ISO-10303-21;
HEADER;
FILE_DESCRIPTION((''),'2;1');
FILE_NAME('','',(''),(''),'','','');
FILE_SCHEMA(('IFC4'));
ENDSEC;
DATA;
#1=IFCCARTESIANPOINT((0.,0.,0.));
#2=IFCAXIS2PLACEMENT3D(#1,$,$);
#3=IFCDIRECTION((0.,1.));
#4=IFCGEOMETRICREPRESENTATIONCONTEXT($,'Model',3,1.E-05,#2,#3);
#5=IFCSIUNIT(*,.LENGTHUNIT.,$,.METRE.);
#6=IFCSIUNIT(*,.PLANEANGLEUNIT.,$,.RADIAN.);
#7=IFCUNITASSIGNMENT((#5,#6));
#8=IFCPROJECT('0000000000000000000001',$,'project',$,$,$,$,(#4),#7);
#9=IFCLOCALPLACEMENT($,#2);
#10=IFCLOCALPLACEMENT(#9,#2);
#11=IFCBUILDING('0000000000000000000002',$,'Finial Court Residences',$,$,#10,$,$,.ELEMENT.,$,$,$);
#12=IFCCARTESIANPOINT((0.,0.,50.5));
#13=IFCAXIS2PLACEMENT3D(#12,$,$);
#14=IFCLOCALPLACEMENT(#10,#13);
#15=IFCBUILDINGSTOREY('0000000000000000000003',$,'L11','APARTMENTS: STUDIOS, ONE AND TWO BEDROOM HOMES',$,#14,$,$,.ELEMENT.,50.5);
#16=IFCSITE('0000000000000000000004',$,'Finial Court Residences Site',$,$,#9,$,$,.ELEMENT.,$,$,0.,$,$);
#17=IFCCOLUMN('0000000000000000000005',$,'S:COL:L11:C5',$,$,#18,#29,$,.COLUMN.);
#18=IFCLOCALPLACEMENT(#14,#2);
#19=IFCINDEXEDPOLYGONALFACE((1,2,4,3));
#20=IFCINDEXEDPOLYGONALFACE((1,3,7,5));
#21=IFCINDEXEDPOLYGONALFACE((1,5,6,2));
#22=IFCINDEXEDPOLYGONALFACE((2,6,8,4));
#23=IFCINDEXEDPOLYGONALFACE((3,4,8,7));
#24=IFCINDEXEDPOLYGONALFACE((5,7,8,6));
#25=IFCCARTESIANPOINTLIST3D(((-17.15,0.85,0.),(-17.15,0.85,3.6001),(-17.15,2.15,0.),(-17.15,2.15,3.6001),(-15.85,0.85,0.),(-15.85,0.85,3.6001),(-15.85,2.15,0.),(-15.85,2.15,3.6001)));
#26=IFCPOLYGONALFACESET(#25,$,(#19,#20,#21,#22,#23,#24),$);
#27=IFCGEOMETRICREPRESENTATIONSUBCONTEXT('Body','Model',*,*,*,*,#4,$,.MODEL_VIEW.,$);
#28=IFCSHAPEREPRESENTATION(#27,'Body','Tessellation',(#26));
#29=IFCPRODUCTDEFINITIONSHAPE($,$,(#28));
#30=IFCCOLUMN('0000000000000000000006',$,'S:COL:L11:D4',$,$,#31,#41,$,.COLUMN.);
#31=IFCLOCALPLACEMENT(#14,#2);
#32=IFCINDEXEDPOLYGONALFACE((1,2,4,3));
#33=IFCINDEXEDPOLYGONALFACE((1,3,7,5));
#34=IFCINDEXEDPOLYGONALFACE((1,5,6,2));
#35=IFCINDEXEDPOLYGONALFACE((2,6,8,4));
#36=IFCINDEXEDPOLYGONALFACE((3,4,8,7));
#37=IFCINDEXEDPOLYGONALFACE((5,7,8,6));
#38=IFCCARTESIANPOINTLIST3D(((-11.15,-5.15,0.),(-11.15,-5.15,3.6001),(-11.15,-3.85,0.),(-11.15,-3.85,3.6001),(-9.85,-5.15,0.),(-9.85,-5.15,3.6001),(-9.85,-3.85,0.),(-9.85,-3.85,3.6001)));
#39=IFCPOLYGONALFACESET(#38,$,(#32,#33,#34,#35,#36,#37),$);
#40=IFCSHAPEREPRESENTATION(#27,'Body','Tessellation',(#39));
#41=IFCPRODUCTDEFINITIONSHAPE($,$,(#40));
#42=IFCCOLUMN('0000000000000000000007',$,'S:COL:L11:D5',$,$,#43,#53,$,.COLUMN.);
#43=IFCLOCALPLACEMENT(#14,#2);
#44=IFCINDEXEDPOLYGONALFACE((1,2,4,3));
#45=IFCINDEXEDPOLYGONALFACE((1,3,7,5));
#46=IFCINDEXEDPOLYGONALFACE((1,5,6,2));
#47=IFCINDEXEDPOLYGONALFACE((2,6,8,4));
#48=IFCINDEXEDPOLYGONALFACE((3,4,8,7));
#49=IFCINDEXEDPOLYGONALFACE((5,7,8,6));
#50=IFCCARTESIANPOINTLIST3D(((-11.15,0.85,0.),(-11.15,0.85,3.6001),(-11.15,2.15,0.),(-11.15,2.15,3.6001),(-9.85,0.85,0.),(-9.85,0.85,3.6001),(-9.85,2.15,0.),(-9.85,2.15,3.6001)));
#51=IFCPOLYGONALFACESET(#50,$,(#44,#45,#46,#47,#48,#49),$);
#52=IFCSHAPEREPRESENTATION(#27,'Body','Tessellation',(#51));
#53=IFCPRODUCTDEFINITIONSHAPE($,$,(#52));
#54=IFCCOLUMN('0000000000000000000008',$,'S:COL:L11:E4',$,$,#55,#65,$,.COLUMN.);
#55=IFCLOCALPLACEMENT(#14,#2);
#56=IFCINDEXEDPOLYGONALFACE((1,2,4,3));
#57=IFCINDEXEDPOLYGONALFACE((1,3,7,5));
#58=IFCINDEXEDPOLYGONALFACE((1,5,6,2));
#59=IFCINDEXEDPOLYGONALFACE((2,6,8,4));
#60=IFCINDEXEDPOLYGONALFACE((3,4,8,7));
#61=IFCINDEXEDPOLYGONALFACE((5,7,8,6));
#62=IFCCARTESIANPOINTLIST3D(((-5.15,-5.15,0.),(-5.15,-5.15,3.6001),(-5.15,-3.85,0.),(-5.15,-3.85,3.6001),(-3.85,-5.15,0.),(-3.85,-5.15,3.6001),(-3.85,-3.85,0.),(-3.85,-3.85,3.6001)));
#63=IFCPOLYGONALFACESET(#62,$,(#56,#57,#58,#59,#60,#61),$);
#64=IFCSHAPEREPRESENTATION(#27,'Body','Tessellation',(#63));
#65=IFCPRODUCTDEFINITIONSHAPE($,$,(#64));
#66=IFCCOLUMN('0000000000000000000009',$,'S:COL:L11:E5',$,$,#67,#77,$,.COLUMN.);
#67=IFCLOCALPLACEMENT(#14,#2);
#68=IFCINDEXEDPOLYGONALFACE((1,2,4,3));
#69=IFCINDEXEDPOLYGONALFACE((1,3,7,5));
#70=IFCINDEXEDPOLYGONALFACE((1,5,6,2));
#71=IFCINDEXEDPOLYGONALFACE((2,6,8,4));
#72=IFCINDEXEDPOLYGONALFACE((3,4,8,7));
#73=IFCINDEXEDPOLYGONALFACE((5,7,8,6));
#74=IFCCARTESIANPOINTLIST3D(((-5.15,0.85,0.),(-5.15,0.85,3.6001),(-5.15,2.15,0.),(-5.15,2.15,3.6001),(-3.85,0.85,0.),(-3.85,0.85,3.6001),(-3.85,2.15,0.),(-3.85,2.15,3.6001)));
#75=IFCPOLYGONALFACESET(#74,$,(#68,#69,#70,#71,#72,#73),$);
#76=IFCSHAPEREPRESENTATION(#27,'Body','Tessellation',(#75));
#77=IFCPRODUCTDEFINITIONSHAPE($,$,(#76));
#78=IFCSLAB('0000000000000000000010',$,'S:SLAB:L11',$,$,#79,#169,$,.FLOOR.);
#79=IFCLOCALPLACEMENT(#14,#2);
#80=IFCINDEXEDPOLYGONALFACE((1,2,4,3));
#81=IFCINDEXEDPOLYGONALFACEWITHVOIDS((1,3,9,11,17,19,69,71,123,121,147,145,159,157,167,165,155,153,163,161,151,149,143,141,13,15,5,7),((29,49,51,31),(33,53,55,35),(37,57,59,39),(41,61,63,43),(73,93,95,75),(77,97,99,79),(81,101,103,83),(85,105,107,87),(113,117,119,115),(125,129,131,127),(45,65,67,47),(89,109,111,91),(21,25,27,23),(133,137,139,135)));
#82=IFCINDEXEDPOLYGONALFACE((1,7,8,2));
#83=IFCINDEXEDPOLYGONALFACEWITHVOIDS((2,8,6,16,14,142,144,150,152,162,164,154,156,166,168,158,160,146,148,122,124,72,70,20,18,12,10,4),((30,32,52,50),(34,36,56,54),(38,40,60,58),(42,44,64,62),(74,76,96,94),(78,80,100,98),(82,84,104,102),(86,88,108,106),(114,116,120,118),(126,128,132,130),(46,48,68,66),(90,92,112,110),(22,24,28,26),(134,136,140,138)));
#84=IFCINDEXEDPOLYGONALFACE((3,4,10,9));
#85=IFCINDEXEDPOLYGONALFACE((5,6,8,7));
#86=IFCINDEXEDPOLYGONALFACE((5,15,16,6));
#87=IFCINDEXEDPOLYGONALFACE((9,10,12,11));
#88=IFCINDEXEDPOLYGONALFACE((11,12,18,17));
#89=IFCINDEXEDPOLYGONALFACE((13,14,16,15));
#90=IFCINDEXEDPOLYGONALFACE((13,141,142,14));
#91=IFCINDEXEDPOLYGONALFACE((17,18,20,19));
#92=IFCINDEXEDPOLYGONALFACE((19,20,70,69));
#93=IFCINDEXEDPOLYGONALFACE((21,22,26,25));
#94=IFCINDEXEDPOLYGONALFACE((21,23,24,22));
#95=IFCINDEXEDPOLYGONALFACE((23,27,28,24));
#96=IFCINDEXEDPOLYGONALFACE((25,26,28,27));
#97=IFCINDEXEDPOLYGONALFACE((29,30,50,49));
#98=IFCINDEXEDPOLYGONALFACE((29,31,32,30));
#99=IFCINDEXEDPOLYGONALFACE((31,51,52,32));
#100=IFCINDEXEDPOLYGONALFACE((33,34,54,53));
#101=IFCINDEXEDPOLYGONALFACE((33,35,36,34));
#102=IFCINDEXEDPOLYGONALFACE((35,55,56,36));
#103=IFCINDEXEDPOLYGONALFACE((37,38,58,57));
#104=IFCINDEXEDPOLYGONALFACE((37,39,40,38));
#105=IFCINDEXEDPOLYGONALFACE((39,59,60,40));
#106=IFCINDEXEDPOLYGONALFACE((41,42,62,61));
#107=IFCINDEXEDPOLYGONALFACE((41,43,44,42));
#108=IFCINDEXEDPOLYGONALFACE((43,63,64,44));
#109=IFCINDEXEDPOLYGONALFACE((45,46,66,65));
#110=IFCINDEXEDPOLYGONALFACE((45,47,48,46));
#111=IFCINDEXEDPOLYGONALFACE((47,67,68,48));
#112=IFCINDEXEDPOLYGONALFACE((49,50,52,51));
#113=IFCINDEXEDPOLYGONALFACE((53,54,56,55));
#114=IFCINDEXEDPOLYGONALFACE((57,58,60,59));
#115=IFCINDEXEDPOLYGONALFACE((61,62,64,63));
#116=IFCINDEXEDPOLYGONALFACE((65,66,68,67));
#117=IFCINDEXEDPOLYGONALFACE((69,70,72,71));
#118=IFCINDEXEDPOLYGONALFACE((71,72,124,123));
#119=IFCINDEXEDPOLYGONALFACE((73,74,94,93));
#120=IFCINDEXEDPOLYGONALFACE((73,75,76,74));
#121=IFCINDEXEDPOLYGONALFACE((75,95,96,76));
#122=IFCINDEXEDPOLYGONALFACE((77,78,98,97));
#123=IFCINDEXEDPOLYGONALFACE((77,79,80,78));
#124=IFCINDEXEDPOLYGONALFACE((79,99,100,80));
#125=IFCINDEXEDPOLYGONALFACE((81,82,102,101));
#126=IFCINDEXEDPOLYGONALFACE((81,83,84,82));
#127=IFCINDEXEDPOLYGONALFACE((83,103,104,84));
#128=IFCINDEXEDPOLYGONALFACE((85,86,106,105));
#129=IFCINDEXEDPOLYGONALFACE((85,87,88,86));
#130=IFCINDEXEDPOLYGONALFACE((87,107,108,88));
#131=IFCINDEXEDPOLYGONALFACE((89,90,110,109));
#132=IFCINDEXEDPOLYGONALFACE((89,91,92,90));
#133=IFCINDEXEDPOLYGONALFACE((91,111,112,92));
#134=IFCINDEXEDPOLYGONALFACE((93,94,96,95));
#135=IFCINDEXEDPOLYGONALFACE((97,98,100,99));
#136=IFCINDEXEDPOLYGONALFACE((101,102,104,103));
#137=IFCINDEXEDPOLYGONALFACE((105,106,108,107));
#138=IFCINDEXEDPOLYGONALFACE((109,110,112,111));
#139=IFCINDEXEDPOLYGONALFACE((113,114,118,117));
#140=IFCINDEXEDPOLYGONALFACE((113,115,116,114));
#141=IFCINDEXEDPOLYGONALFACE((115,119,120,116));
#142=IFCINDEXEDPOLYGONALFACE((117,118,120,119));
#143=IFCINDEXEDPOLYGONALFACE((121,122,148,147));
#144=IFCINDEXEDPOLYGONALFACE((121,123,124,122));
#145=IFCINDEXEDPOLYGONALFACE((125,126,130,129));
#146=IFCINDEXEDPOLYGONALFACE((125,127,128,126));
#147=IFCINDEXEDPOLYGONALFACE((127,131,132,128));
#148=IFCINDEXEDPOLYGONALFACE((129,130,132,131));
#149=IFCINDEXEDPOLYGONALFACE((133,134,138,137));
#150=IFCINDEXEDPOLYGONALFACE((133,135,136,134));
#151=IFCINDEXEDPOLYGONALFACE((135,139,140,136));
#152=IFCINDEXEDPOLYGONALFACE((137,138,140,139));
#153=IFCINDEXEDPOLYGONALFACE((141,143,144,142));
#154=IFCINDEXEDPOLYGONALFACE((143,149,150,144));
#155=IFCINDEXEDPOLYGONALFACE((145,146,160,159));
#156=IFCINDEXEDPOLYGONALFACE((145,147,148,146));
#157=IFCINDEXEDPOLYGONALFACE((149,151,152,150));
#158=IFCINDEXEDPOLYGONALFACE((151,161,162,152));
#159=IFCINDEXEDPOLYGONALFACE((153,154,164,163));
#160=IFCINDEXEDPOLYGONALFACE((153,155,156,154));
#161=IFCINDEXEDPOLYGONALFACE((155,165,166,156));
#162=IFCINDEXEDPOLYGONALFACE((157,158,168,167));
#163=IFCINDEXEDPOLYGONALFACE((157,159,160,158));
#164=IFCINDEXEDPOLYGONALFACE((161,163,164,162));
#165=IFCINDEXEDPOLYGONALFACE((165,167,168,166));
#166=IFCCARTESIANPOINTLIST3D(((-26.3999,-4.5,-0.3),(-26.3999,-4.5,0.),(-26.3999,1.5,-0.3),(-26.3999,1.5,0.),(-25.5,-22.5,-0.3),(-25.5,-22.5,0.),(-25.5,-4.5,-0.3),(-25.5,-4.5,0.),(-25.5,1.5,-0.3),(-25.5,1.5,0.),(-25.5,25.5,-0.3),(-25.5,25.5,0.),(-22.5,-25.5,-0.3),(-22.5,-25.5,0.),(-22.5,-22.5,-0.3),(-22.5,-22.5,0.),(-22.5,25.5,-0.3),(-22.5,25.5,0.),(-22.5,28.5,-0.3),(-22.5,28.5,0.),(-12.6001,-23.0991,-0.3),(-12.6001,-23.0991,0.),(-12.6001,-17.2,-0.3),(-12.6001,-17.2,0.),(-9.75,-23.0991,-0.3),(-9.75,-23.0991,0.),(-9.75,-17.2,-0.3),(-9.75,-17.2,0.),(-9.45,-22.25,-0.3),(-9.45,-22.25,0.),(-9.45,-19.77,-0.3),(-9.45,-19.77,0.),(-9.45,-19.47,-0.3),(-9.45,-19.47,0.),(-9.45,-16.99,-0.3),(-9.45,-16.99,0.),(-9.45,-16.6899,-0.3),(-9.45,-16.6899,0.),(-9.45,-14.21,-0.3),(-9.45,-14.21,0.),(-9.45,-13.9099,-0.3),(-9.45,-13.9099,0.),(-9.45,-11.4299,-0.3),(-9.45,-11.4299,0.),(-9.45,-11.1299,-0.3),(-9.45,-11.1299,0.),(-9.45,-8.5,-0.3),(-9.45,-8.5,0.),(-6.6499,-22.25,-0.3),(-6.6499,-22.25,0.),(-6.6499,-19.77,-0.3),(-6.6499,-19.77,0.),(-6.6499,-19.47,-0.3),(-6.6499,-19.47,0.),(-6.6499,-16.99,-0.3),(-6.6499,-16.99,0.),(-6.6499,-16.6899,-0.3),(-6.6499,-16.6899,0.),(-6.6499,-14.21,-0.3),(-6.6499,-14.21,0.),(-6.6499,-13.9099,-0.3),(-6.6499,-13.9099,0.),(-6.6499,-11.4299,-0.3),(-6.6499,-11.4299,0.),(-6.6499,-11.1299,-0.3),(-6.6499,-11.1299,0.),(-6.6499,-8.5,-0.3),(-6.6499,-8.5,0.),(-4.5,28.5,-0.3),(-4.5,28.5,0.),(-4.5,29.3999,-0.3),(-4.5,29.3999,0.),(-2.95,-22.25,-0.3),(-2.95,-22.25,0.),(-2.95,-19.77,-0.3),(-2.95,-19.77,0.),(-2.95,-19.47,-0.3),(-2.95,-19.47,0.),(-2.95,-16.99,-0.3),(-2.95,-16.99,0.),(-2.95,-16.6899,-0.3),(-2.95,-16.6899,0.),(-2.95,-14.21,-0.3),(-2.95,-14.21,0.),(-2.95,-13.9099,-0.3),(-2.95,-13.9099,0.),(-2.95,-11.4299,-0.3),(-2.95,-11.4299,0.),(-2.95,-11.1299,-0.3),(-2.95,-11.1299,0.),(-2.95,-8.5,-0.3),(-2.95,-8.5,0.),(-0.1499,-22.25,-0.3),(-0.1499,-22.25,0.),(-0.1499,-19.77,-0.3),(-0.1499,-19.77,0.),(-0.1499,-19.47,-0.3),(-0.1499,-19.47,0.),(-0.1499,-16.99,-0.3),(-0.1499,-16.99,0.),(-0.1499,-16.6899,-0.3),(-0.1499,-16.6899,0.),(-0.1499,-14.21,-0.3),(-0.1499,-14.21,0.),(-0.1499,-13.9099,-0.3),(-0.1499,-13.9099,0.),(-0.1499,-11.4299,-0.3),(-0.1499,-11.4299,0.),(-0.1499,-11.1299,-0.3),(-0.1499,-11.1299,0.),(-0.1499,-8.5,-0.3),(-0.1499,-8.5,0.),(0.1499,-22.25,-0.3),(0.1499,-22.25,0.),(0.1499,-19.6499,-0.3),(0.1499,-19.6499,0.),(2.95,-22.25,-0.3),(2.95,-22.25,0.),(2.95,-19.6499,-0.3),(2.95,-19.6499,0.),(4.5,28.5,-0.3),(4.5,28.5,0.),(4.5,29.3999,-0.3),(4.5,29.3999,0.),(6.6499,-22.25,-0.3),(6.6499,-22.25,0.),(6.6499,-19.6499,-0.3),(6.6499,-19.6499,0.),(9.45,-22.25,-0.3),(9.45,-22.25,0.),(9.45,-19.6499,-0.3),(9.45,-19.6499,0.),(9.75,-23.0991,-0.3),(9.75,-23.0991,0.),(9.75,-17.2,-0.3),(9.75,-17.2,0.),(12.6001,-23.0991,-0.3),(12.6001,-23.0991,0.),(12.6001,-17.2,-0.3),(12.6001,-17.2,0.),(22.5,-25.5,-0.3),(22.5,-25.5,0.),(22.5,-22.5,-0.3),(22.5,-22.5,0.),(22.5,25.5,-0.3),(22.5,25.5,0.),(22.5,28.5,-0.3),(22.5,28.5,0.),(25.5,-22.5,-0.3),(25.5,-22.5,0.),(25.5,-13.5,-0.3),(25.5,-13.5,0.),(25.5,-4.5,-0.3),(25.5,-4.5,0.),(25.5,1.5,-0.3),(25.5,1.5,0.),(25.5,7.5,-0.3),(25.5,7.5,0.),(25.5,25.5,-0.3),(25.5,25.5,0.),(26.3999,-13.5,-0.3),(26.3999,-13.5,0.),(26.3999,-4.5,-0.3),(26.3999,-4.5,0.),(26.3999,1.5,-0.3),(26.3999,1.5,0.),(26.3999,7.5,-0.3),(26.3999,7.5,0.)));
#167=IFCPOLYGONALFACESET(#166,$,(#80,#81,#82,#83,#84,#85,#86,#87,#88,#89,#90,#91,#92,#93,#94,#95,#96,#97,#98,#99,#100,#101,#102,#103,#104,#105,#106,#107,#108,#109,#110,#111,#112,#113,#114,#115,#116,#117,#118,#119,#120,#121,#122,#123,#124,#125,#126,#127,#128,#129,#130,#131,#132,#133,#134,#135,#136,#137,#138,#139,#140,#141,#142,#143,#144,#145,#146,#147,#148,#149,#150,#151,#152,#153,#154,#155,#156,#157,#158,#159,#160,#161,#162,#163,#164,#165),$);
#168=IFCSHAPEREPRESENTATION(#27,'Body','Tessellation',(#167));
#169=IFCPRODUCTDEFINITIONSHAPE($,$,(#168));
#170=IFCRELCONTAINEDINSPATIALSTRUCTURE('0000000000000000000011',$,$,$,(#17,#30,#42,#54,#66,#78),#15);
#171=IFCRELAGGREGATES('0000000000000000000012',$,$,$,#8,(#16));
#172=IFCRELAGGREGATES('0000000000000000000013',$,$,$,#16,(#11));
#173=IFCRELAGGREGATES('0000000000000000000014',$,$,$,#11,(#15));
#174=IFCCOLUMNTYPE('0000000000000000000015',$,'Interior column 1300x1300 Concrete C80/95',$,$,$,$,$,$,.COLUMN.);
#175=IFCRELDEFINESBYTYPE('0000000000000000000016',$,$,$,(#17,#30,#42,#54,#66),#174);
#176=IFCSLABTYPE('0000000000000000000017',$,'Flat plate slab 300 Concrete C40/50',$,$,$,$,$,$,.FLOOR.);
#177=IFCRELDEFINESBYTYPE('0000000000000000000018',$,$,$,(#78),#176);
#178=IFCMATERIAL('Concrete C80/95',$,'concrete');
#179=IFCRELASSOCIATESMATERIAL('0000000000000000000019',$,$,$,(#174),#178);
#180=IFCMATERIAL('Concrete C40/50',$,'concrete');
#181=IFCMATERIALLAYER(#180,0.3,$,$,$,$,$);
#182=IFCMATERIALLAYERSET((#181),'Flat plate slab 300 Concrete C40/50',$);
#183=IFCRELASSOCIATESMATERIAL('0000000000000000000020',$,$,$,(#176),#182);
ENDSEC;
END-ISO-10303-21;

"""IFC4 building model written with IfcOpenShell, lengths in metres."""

from ifc_helpers import new_model, si_unit, direction, frame, origin, origin_2d, place, context, subcontext, project, spatial, polyline, rectangle, outline, extrude, material, layer, layer_set, material_profile, profile_set, type_object, element, save


model = new_model("IFC4")

# Units and contexts
model_context = context("Model", 3, precision=1e-05, world=origin(), true_north=direction((0.0, 1.0)))
body_context = subcontext(model_context, "Body", "Model", "MODEL_VIEW")
ifc_project = project(units=[si_unit("LENGTHUNIT", "METRE"), si_unit("PLANEANGLEUNIT", "RADIAN")], contexts=[model_context])

# Site, building, storey
site_placement = place(None, origin())
site = spatial("IfcSite", under=ifc_project, at=site_placement, Name="Finial Court Residences Site", CompositionType="ELEMENT", RefElevation=0.0)
building_placement = place(site_placement, origin())
building = spatial("IfcBuilding", under=site, at=building_placement, Name="Finial Court Residences", CompositionType="ELEMENT")
storey_placement = place(building_placement, frame((0.0, 0.0, 50.5)))
storey = spatial("IfcBuildingStorey", under=building, at=storey_placement, Name="L11", Description="APARTMENTS: STUDIOS, ONE AND TWO BEDROOM HOMES", CompositionType="ELEMENT", Elevation=50.5)

# Columns
ifc_material_1 = material(Name="Concrete C80/95", Category="concrete")
ifc_material_profile = material_profile(ifc_material_1, rectangle(XDim=1.3, YDim=1.3, at=origin_2d()), Name="1300x1300")
ifc_profile_set = profile_set([ifc_material_profile], Name="Concrete C80/95")
column_type = type_object("IfcColumnType", Name="Interior column 1300x1300 Concrete C80/95", PredefinedType="COLUMN", material=ifc_profile_set)
for number, where, z_axis, x_axis, name in (
    (1, (-16.5, 1.5, 0.0), (0.0, 0.0, 1.0), (1.0, 0.0, 0.0), "S:COL:L11:C5"),
    (2, (-10.5, -4.5, 0.0), (0.0, 0.0, 1.0), (1.0, 0.0, 0.0), "S:COL:L11:D4"),
    (3, (-10.5, 1.5, 0.0), (0.0, 0.0, 1.0), (1.0, 0.0, 0.0), "S:COL:L11:D5"),
    (4, (-4.5, -4.5, 0.0), (0.0, 0.0, 1.0), (1.0, 0.0, 0.0), "S:COL:L11:E4"),
    (5, (-4.5, 1.5, 0.0), (0.0, 0.0, 1.0), (1.0, 0.0, 0.0), "S:COL:L11:E5"),
):
    element("IfcColumn", number, at=place(storey_placement, frame(where, z_axis=z_axis, x_axis=x_axis)), inside=storey, type_object=column_type, Name=name, PredefinedType="COLUMN", context=body_context, shape_type="SweptSolid", body=[
        extrude(rectangle(XDim=1.3, YDim=1.3, at=origin_2d()), origin(), (0.0, 0.0, 1.0), 3.6001),
    ])

# Slab
ifc_material_2 = material(Name="Concrete C40/50", Category="concrete")
ifc_layer_1 = layer(ifc_material_2, 0.3)
ifc_layer_set_1 = layer_set([ifc_layer_1], Name="Flat plate slab 300 Concrete C40/50")
slab_type = type_object("IfcSlabType", Name="Flat plate slab 300 Concrete C40/50", PredefinedType="FLOOR", material=ifc_layer_set_1)
slab_placement = place(storey_placement, frame((0.0, 0.0, -0.3)))
element("IfcSlab", 6, at=slab_placement, inside=storey, type_object=slab_type, Name="S:SLAB:L11", PredefinedType="FLOOR", context=body_context, shape_type="SweptSolid", body=[
    extrude(outline(polyline([(26.3999, -13.5), (25.5, -13.5), (25.5, -22.5), (22.5, -22.5), (22.5, -25.5), (-22.5, -25.5), (-22.5, -22.5), (-25.5, -22.5), (-25.5, -4.5), (-26.3999, -4.5), (-26.3999, 1.5), (-25.5, 1.5), (-25.5, 25.5), (-22.5, 25.5), (-22.5, 28.5), (-4.5, 28.5), (-4.5, 29.3999), (4.5, 29.3999), (4.5, 28.5), (22.5, 28.5), (22.5, 25.5), (25.5, 25.5), (25.5, 7.5), (26.3999, 7.5), (26.3999, 1.5), (25.5, 1.5), (25.5, -4.5), (26.3999, -4.5), (26.3999, -13.5)]), holes=[polyline([(-6.6499, -19.77), (-9.45, -19.77), (-9.45, -22.25), (-6.6499, -22.25), (-6.6499, -19.77)]), polyline([(-9.75, -17.2), (-12.6001, -17.2), (-12.6001, -23.0991), (-9.75, -23.0991), (-9.75, -17.2)]), polyline([(-6.6499, -19.47), (-6.6499, -16.99), (-9.45, -16.99), (-9.45, -19.47), (-6.6499, -19.47)]), polyline([(-6.6499, -16.6899), (-6.6499, -14.21), (-9.45, -14.21), (-9.45, -16.6899), (-6.6499, -16.6899)]), polyline([(-6.6499, -13.9099), (-6.6499, -11.4299), (-9.45, -11.4299), (-9.45, -13.9099), (-6.6499, -13.9099)]), polyline([(-6.6499, -11.1299), (-6.6499, -8.5), (-9.45, -8.5), (-9.45, -11.1299), (-6.6499, -11.1299)]), polyline([(-0.1499, -11.1299), (-0.1499, -8.5), (-2.95, -8.5), (-2.95, -11.1299), (-0.1499, -11.1299)]), polyline([(-0.1499, -19.77), (-2.95, -19.77), (-2.95, -22.25), (-0.1499, -22.25), (-0.1499, -19.77)]), polyline([(2.95, -22.25), (2.95, -19.6499), (0.1499, -19.6499), (0.1499, -22.25), (2.95, -22.25)]), polyline([(9.45, -22.25), (9.45, -19.6499), (6.6499, -19.6499), (6.6499, -22.25), (9.45, -22.25)]), polyline([(12.6001, -17.2), (9.75, -17.2), (9.75, -23.0991), (12.6001, -23.0991), (12.6001, -17.2)]), polyline([(-0.1499, -19.47), (-0.1499, -16.99), (-2.95, -16.99), (-2.95, -19.47), (-0.1499, -19.47)]), polyline([(-0.1499, -16.6899), (-0.1499, -14.21), (-2.95, -14.21), (-2.95, -16.6899), (-0.1499, -16.6899)]), polyline([(-0.1499, -13.9099), (-0.1499, -11.4299), (-2.95, -11.4299), (-2.95, -13.9099), (-0.1499, -13.9099)])]), origin(), (0.0, 0.0, 1.0), 0.3),
])

save(model, "model.ifc")
